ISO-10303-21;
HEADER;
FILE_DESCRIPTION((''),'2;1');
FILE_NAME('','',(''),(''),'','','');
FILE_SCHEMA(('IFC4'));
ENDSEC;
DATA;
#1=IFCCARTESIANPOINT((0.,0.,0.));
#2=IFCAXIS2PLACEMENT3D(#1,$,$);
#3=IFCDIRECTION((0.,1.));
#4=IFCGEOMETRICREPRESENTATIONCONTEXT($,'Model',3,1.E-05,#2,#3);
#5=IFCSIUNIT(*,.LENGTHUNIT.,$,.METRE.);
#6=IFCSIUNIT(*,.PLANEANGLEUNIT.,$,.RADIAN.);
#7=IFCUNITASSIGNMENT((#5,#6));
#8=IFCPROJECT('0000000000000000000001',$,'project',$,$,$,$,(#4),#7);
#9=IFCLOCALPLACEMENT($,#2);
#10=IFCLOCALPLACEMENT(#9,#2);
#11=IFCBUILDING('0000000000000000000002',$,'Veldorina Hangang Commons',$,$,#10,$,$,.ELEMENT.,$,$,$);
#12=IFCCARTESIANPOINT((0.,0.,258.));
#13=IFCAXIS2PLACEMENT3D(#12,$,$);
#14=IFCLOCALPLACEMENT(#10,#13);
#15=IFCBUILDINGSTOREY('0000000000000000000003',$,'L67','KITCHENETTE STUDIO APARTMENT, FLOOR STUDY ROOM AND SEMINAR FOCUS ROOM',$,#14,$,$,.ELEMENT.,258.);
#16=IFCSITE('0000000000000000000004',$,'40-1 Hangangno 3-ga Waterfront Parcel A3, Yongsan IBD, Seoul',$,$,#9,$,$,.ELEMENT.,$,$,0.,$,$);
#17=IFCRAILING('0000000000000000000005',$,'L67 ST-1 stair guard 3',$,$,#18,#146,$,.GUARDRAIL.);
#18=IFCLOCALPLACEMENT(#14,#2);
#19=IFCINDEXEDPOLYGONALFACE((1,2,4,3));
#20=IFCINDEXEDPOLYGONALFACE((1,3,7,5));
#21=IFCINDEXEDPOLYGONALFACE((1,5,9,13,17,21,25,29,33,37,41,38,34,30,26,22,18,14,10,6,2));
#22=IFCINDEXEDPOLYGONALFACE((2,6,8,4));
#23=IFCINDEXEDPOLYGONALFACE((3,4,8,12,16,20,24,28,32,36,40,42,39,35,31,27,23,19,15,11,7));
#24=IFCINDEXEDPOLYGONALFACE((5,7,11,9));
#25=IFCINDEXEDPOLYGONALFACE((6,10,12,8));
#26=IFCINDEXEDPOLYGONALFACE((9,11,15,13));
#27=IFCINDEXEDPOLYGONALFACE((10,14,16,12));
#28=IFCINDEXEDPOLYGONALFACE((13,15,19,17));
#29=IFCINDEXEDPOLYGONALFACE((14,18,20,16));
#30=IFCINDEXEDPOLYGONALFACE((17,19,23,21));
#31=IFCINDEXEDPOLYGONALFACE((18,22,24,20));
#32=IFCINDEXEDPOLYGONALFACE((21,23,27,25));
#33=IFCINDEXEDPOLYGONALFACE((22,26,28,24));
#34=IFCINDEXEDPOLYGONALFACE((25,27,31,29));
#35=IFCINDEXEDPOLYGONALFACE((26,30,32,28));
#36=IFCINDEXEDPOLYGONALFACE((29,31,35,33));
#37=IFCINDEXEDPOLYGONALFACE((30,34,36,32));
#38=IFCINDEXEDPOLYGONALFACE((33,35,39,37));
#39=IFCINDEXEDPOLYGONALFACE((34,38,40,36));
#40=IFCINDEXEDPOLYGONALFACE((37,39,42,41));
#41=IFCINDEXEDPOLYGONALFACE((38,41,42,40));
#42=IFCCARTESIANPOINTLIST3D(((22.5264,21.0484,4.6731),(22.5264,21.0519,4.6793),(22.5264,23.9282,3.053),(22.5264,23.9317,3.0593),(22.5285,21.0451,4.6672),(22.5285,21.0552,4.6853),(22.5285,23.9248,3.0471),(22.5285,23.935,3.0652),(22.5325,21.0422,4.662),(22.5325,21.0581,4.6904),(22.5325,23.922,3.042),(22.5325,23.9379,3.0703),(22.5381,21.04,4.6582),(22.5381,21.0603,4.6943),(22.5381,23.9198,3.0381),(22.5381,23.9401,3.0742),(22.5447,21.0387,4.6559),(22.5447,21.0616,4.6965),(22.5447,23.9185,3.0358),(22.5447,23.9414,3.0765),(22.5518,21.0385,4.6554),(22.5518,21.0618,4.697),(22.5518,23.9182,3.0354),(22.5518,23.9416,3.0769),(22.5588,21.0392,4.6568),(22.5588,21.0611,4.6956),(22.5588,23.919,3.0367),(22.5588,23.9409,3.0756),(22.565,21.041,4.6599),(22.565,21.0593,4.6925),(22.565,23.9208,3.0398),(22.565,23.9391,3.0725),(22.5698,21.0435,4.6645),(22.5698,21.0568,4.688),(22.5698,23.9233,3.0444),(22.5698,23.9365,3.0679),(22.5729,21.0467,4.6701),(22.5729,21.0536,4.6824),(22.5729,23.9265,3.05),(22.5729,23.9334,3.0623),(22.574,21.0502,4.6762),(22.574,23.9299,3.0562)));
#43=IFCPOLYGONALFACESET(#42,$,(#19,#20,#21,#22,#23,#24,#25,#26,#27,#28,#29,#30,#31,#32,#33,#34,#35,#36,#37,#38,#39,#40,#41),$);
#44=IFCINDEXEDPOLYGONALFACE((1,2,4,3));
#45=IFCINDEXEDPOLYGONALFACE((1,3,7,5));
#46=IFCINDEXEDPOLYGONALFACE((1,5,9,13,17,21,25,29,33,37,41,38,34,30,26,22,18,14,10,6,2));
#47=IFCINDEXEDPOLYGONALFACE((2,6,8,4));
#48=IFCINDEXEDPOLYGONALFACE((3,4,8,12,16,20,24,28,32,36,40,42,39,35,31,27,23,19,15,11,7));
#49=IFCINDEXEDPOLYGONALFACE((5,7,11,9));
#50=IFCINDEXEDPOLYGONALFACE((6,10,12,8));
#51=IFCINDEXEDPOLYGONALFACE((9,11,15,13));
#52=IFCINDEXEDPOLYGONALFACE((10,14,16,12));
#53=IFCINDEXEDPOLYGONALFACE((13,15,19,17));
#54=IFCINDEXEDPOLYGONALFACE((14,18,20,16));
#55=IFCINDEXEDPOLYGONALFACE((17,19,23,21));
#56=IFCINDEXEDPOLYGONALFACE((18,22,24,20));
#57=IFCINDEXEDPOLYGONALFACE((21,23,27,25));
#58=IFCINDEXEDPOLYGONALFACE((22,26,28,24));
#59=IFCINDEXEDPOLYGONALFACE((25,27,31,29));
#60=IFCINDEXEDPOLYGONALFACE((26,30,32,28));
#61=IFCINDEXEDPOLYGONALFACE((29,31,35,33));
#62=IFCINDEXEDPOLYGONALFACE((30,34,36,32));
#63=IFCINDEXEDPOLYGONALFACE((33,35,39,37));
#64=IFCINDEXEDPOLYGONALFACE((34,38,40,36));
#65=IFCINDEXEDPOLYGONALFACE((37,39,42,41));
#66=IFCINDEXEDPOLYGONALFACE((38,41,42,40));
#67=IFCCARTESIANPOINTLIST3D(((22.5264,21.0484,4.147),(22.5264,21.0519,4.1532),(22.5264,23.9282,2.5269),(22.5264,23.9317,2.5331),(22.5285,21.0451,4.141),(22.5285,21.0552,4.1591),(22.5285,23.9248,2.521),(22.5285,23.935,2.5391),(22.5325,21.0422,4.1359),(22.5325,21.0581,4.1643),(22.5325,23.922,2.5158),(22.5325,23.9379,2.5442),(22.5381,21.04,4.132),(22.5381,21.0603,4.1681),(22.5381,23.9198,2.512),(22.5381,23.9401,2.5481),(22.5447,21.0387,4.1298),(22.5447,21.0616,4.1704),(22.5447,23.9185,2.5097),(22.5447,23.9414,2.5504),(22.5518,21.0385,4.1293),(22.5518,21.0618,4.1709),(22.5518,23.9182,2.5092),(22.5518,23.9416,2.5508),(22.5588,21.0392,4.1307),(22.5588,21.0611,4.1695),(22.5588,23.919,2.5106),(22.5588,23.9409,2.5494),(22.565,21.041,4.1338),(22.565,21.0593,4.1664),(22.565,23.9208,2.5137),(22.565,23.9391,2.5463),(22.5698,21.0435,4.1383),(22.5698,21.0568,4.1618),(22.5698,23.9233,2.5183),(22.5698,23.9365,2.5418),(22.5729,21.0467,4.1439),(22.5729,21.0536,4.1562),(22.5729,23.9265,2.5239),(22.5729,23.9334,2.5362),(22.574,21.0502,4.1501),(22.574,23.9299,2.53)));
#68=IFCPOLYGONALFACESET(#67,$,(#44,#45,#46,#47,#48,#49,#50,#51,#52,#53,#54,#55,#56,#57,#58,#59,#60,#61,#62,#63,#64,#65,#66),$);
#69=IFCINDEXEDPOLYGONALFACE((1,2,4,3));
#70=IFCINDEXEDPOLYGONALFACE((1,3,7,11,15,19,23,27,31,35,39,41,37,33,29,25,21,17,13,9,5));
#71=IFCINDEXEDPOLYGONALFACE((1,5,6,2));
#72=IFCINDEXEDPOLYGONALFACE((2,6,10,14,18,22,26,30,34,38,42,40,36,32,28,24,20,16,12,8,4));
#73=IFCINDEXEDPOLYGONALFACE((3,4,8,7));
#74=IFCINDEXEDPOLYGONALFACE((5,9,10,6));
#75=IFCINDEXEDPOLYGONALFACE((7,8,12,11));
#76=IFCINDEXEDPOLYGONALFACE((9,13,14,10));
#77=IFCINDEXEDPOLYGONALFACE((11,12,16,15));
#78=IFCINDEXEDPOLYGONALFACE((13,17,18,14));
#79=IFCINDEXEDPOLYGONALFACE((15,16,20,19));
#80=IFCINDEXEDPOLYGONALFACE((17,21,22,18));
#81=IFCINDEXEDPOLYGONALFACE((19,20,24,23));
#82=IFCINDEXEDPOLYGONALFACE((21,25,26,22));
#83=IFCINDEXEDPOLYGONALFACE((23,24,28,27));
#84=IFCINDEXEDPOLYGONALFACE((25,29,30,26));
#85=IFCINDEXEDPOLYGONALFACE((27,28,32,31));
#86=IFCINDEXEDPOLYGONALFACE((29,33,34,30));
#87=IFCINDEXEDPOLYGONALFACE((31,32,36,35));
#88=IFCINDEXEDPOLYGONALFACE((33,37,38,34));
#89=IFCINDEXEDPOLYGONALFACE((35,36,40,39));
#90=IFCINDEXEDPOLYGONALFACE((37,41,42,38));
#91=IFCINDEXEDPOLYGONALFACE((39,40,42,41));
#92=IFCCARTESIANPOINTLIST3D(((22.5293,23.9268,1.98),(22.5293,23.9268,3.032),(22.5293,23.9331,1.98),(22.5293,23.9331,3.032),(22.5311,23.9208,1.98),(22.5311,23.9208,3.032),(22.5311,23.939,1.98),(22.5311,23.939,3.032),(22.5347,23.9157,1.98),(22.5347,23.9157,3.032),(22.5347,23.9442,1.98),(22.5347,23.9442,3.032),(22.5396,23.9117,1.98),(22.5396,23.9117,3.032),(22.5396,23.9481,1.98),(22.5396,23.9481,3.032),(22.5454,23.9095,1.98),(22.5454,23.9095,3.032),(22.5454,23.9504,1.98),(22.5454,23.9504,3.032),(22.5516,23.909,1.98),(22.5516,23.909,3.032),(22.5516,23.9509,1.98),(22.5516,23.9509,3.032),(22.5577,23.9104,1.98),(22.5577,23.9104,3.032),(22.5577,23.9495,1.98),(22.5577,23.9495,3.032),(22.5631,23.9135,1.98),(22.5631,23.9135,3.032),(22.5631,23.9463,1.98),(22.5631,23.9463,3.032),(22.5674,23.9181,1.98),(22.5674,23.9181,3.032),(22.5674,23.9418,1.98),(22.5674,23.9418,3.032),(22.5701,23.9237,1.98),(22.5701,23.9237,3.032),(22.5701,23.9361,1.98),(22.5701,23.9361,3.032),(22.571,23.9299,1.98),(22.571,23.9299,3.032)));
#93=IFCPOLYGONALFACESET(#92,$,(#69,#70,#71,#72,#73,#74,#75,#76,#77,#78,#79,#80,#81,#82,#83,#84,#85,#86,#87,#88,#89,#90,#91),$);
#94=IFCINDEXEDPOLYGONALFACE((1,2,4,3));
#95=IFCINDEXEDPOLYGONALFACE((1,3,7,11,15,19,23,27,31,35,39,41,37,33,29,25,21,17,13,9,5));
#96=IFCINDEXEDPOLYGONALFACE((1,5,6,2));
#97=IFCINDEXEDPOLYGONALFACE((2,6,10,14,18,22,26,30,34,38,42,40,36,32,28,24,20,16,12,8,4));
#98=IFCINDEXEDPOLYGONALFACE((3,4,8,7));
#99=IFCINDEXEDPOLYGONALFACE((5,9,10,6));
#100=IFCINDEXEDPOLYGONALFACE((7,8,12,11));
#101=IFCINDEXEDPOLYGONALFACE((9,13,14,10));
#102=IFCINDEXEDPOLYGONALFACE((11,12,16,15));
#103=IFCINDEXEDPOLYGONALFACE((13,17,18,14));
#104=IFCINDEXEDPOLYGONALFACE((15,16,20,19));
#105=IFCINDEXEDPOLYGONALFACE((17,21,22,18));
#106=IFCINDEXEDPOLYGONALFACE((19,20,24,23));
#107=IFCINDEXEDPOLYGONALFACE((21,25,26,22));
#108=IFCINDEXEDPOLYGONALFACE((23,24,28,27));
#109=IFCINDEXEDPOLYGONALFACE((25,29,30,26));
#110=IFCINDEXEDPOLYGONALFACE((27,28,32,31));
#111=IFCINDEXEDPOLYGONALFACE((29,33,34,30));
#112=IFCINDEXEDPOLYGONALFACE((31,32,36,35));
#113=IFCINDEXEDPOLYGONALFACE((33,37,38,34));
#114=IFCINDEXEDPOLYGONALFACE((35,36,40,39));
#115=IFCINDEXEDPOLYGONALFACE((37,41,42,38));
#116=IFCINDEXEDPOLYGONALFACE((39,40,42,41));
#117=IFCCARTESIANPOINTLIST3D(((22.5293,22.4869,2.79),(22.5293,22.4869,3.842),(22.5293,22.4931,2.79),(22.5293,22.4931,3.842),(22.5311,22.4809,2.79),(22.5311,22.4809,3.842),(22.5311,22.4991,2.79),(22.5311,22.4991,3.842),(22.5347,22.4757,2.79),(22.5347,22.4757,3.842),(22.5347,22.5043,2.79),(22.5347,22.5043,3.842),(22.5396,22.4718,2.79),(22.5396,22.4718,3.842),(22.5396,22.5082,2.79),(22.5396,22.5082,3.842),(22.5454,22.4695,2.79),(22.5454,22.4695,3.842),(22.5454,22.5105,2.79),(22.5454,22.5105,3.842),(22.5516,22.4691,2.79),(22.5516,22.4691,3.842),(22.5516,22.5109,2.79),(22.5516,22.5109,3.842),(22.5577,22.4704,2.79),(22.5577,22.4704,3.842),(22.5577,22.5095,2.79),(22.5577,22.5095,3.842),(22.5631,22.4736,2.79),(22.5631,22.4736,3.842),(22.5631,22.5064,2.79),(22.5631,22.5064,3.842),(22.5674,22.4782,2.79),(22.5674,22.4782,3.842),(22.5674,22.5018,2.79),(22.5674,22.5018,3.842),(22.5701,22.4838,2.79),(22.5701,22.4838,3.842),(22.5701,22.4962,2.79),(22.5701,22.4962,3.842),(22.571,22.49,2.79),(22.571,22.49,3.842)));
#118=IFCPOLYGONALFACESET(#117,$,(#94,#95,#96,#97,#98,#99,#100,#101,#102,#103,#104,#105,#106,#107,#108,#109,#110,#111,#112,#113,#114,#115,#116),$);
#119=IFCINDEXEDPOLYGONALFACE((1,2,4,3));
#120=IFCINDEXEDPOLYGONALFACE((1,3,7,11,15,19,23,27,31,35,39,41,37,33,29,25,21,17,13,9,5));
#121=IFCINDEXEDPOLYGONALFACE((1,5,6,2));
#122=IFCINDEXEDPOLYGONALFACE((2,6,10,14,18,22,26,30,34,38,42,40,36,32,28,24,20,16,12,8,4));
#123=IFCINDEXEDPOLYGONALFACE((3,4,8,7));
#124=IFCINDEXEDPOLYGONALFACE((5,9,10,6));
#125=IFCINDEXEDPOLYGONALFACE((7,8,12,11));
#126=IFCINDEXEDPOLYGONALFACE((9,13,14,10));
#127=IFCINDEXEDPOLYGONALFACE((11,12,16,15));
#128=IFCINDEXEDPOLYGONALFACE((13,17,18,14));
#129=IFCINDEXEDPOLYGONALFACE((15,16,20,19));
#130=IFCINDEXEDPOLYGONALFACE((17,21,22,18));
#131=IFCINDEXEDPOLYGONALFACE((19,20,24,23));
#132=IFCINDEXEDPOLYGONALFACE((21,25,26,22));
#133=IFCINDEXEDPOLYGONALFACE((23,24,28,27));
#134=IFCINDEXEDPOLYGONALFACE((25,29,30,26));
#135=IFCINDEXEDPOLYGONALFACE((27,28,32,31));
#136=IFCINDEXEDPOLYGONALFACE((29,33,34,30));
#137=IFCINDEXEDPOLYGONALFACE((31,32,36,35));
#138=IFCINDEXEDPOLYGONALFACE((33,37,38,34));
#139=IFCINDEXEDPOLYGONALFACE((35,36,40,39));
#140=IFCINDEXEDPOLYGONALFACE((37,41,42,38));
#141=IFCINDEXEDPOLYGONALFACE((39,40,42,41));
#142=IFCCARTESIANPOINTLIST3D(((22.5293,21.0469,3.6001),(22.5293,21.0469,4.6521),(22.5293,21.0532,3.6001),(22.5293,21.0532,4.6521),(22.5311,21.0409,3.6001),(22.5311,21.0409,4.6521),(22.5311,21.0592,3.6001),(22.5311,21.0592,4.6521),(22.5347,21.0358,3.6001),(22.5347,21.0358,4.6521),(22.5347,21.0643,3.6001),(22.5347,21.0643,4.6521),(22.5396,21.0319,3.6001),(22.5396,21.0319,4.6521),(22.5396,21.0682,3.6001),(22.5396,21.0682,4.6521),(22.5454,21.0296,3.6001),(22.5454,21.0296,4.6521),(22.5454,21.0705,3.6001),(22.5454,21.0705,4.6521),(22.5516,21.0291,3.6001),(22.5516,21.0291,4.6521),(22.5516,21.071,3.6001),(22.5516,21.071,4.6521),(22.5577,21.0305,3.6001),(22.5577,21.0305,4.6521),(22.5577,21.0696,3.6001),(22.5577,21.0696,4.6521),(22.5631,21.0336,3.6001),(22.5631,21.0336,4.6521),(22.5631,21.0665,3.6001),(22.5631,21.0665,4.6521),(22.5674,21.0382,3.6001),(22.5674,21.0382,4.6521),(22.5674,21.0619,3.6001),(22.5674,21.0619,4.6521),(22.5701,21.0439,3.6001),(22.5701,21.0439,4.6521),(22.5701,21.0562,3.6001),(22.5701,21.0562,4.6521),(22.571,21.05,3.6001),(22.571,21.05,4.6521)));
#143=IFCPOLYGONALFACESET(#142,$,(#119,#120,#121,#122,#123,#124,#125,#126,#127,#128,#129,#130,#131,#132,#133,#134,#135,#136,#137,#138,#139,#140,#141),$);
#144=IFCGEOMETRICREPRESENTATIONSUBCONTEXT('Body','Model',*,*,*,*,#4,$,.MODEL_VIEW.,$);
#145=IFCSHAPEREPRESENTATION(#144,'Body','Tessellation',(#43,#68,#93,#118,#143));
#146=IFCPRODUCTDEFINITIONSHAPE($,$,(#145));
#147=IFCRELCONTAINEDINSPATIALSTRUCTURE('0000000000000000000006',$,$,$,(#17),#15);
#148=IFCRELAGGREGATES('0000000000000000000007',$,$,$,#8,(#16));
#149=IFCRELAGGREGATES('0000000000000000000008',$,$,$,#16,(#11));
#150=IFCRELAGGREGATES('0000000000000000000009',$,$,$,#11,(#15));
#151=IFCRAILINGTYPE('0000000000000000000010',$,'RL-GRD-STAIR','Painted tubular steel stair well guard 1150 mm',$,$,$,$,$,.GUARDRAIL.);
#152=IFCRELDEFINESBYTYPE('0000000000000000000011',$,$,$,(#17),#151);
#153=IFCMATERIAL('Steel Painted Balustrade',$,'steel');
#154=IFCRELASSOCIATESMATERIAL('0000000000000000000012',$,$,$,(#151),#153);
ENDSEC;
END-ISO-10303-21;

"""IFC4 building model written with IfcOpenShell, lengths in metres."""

from ifc_helpers import new_model, si_unit, direction, frame, origin, origin_2d, place, context, subcontext, project, spatial, circle, extrude, material, type_object, element, save


model = new_model("IFC4")

# Units and contexts
model_context = context("Model", 3, precision=1e-05, world=origin(), true_north=direction((0.0, 1.0)))
body_context = subcontext(model_context, "Body", "Model", "MODEL_VIEW")
ifc_project = project(units=[si_unit("LENGTHUNIT", "METRE"), si_unit("PLANEANGLEUNIT", "RADIAN")], contexts=[model_context])

# Site, building, storey
site_placement = place(None, origin())
site = spatial("IfcSite", under=ifc_project, at=site_placement, Name="40-1 Hangangno 3-ga Waterfront Parcel A3, Yongsan IBD, Seoul", CompositionType="ELEMENT", RefElevation=0.0)
building_placement = place(site_placement, origin())
building = spatial("IfcBuilding", under=site, at=building_placement, Name="Veldorina Hangang Commons", CompositionType="ELEMENT")
storey_placement = place(building_placement, frame((0.0, 0.0, 258.0)))
storey = spatial("IfcBuildingStorey", under=building, at=storey_placement, Name="L67", Description="KITCHENETTE STUDIO APARTMENT, FLOOR STUDY ROOM AND SEMINAR FOCUS ROOM", CompositionType="ELEMENT", Elevation=258.0)

# Railing
ifc_material_1 = material(Name="Steel Painted Balustrade", Category="steel")
railing_type = type_object("IfcRailingType", Name="RL-GRD-STAIR", Description="Painted tubular steel stair well guard 1150 mm", PredefinedType="GUARDRAIL", material=ifc_material_1)
railing_1_placement = place(storey_placement, frame((22.55, 23.9299, 1.98)))
element("IfcRailing", 1, at=railing_1_placement, inside=storey, type_object=railing_type, Name="L67 ST-1 stair guard 3", PredefinedType="GUARDRAIL", context=body_context, shape_type="SweptSolid", body=[
    extrude(circle(Radius=0.0239, at=origin_2d()), frame((0.0, 0.0, 1.0762), z_axis=(0.0, -0.871552, 0.490303), x_axis=(1.0, 0.0, 0.0)), (0.0, 0.0, 1.0), 3.3042),
    extrude(circle(Radius=0.0239, at=origin_2d()), frame((0.0, 0.0, 0.55), z_axis=(0.0, -0.871552, 0.490303), x_axis=(1.0, 0.0, 0.0)), (0.0, 0.0, 1.0), 3.3042),
    extrude(circle(Radius=0.021, at=origin_2d()), origin(), (0.0, 0.0, 1.0), 1.052),
    extrude(circle(Radius=0.021, at=origin_2d()), frame((0.0, -1.4399, 0.8101)), (0.0, 0.0, 1.0), 1.052),
    extrude(circle(Radius=0.021, at=origin_2d()), frame((0.0, -2.8799, 1.6201)), (0.0, 0.0, 1.0), 1.052),
])

save(model, "model.ifc")
